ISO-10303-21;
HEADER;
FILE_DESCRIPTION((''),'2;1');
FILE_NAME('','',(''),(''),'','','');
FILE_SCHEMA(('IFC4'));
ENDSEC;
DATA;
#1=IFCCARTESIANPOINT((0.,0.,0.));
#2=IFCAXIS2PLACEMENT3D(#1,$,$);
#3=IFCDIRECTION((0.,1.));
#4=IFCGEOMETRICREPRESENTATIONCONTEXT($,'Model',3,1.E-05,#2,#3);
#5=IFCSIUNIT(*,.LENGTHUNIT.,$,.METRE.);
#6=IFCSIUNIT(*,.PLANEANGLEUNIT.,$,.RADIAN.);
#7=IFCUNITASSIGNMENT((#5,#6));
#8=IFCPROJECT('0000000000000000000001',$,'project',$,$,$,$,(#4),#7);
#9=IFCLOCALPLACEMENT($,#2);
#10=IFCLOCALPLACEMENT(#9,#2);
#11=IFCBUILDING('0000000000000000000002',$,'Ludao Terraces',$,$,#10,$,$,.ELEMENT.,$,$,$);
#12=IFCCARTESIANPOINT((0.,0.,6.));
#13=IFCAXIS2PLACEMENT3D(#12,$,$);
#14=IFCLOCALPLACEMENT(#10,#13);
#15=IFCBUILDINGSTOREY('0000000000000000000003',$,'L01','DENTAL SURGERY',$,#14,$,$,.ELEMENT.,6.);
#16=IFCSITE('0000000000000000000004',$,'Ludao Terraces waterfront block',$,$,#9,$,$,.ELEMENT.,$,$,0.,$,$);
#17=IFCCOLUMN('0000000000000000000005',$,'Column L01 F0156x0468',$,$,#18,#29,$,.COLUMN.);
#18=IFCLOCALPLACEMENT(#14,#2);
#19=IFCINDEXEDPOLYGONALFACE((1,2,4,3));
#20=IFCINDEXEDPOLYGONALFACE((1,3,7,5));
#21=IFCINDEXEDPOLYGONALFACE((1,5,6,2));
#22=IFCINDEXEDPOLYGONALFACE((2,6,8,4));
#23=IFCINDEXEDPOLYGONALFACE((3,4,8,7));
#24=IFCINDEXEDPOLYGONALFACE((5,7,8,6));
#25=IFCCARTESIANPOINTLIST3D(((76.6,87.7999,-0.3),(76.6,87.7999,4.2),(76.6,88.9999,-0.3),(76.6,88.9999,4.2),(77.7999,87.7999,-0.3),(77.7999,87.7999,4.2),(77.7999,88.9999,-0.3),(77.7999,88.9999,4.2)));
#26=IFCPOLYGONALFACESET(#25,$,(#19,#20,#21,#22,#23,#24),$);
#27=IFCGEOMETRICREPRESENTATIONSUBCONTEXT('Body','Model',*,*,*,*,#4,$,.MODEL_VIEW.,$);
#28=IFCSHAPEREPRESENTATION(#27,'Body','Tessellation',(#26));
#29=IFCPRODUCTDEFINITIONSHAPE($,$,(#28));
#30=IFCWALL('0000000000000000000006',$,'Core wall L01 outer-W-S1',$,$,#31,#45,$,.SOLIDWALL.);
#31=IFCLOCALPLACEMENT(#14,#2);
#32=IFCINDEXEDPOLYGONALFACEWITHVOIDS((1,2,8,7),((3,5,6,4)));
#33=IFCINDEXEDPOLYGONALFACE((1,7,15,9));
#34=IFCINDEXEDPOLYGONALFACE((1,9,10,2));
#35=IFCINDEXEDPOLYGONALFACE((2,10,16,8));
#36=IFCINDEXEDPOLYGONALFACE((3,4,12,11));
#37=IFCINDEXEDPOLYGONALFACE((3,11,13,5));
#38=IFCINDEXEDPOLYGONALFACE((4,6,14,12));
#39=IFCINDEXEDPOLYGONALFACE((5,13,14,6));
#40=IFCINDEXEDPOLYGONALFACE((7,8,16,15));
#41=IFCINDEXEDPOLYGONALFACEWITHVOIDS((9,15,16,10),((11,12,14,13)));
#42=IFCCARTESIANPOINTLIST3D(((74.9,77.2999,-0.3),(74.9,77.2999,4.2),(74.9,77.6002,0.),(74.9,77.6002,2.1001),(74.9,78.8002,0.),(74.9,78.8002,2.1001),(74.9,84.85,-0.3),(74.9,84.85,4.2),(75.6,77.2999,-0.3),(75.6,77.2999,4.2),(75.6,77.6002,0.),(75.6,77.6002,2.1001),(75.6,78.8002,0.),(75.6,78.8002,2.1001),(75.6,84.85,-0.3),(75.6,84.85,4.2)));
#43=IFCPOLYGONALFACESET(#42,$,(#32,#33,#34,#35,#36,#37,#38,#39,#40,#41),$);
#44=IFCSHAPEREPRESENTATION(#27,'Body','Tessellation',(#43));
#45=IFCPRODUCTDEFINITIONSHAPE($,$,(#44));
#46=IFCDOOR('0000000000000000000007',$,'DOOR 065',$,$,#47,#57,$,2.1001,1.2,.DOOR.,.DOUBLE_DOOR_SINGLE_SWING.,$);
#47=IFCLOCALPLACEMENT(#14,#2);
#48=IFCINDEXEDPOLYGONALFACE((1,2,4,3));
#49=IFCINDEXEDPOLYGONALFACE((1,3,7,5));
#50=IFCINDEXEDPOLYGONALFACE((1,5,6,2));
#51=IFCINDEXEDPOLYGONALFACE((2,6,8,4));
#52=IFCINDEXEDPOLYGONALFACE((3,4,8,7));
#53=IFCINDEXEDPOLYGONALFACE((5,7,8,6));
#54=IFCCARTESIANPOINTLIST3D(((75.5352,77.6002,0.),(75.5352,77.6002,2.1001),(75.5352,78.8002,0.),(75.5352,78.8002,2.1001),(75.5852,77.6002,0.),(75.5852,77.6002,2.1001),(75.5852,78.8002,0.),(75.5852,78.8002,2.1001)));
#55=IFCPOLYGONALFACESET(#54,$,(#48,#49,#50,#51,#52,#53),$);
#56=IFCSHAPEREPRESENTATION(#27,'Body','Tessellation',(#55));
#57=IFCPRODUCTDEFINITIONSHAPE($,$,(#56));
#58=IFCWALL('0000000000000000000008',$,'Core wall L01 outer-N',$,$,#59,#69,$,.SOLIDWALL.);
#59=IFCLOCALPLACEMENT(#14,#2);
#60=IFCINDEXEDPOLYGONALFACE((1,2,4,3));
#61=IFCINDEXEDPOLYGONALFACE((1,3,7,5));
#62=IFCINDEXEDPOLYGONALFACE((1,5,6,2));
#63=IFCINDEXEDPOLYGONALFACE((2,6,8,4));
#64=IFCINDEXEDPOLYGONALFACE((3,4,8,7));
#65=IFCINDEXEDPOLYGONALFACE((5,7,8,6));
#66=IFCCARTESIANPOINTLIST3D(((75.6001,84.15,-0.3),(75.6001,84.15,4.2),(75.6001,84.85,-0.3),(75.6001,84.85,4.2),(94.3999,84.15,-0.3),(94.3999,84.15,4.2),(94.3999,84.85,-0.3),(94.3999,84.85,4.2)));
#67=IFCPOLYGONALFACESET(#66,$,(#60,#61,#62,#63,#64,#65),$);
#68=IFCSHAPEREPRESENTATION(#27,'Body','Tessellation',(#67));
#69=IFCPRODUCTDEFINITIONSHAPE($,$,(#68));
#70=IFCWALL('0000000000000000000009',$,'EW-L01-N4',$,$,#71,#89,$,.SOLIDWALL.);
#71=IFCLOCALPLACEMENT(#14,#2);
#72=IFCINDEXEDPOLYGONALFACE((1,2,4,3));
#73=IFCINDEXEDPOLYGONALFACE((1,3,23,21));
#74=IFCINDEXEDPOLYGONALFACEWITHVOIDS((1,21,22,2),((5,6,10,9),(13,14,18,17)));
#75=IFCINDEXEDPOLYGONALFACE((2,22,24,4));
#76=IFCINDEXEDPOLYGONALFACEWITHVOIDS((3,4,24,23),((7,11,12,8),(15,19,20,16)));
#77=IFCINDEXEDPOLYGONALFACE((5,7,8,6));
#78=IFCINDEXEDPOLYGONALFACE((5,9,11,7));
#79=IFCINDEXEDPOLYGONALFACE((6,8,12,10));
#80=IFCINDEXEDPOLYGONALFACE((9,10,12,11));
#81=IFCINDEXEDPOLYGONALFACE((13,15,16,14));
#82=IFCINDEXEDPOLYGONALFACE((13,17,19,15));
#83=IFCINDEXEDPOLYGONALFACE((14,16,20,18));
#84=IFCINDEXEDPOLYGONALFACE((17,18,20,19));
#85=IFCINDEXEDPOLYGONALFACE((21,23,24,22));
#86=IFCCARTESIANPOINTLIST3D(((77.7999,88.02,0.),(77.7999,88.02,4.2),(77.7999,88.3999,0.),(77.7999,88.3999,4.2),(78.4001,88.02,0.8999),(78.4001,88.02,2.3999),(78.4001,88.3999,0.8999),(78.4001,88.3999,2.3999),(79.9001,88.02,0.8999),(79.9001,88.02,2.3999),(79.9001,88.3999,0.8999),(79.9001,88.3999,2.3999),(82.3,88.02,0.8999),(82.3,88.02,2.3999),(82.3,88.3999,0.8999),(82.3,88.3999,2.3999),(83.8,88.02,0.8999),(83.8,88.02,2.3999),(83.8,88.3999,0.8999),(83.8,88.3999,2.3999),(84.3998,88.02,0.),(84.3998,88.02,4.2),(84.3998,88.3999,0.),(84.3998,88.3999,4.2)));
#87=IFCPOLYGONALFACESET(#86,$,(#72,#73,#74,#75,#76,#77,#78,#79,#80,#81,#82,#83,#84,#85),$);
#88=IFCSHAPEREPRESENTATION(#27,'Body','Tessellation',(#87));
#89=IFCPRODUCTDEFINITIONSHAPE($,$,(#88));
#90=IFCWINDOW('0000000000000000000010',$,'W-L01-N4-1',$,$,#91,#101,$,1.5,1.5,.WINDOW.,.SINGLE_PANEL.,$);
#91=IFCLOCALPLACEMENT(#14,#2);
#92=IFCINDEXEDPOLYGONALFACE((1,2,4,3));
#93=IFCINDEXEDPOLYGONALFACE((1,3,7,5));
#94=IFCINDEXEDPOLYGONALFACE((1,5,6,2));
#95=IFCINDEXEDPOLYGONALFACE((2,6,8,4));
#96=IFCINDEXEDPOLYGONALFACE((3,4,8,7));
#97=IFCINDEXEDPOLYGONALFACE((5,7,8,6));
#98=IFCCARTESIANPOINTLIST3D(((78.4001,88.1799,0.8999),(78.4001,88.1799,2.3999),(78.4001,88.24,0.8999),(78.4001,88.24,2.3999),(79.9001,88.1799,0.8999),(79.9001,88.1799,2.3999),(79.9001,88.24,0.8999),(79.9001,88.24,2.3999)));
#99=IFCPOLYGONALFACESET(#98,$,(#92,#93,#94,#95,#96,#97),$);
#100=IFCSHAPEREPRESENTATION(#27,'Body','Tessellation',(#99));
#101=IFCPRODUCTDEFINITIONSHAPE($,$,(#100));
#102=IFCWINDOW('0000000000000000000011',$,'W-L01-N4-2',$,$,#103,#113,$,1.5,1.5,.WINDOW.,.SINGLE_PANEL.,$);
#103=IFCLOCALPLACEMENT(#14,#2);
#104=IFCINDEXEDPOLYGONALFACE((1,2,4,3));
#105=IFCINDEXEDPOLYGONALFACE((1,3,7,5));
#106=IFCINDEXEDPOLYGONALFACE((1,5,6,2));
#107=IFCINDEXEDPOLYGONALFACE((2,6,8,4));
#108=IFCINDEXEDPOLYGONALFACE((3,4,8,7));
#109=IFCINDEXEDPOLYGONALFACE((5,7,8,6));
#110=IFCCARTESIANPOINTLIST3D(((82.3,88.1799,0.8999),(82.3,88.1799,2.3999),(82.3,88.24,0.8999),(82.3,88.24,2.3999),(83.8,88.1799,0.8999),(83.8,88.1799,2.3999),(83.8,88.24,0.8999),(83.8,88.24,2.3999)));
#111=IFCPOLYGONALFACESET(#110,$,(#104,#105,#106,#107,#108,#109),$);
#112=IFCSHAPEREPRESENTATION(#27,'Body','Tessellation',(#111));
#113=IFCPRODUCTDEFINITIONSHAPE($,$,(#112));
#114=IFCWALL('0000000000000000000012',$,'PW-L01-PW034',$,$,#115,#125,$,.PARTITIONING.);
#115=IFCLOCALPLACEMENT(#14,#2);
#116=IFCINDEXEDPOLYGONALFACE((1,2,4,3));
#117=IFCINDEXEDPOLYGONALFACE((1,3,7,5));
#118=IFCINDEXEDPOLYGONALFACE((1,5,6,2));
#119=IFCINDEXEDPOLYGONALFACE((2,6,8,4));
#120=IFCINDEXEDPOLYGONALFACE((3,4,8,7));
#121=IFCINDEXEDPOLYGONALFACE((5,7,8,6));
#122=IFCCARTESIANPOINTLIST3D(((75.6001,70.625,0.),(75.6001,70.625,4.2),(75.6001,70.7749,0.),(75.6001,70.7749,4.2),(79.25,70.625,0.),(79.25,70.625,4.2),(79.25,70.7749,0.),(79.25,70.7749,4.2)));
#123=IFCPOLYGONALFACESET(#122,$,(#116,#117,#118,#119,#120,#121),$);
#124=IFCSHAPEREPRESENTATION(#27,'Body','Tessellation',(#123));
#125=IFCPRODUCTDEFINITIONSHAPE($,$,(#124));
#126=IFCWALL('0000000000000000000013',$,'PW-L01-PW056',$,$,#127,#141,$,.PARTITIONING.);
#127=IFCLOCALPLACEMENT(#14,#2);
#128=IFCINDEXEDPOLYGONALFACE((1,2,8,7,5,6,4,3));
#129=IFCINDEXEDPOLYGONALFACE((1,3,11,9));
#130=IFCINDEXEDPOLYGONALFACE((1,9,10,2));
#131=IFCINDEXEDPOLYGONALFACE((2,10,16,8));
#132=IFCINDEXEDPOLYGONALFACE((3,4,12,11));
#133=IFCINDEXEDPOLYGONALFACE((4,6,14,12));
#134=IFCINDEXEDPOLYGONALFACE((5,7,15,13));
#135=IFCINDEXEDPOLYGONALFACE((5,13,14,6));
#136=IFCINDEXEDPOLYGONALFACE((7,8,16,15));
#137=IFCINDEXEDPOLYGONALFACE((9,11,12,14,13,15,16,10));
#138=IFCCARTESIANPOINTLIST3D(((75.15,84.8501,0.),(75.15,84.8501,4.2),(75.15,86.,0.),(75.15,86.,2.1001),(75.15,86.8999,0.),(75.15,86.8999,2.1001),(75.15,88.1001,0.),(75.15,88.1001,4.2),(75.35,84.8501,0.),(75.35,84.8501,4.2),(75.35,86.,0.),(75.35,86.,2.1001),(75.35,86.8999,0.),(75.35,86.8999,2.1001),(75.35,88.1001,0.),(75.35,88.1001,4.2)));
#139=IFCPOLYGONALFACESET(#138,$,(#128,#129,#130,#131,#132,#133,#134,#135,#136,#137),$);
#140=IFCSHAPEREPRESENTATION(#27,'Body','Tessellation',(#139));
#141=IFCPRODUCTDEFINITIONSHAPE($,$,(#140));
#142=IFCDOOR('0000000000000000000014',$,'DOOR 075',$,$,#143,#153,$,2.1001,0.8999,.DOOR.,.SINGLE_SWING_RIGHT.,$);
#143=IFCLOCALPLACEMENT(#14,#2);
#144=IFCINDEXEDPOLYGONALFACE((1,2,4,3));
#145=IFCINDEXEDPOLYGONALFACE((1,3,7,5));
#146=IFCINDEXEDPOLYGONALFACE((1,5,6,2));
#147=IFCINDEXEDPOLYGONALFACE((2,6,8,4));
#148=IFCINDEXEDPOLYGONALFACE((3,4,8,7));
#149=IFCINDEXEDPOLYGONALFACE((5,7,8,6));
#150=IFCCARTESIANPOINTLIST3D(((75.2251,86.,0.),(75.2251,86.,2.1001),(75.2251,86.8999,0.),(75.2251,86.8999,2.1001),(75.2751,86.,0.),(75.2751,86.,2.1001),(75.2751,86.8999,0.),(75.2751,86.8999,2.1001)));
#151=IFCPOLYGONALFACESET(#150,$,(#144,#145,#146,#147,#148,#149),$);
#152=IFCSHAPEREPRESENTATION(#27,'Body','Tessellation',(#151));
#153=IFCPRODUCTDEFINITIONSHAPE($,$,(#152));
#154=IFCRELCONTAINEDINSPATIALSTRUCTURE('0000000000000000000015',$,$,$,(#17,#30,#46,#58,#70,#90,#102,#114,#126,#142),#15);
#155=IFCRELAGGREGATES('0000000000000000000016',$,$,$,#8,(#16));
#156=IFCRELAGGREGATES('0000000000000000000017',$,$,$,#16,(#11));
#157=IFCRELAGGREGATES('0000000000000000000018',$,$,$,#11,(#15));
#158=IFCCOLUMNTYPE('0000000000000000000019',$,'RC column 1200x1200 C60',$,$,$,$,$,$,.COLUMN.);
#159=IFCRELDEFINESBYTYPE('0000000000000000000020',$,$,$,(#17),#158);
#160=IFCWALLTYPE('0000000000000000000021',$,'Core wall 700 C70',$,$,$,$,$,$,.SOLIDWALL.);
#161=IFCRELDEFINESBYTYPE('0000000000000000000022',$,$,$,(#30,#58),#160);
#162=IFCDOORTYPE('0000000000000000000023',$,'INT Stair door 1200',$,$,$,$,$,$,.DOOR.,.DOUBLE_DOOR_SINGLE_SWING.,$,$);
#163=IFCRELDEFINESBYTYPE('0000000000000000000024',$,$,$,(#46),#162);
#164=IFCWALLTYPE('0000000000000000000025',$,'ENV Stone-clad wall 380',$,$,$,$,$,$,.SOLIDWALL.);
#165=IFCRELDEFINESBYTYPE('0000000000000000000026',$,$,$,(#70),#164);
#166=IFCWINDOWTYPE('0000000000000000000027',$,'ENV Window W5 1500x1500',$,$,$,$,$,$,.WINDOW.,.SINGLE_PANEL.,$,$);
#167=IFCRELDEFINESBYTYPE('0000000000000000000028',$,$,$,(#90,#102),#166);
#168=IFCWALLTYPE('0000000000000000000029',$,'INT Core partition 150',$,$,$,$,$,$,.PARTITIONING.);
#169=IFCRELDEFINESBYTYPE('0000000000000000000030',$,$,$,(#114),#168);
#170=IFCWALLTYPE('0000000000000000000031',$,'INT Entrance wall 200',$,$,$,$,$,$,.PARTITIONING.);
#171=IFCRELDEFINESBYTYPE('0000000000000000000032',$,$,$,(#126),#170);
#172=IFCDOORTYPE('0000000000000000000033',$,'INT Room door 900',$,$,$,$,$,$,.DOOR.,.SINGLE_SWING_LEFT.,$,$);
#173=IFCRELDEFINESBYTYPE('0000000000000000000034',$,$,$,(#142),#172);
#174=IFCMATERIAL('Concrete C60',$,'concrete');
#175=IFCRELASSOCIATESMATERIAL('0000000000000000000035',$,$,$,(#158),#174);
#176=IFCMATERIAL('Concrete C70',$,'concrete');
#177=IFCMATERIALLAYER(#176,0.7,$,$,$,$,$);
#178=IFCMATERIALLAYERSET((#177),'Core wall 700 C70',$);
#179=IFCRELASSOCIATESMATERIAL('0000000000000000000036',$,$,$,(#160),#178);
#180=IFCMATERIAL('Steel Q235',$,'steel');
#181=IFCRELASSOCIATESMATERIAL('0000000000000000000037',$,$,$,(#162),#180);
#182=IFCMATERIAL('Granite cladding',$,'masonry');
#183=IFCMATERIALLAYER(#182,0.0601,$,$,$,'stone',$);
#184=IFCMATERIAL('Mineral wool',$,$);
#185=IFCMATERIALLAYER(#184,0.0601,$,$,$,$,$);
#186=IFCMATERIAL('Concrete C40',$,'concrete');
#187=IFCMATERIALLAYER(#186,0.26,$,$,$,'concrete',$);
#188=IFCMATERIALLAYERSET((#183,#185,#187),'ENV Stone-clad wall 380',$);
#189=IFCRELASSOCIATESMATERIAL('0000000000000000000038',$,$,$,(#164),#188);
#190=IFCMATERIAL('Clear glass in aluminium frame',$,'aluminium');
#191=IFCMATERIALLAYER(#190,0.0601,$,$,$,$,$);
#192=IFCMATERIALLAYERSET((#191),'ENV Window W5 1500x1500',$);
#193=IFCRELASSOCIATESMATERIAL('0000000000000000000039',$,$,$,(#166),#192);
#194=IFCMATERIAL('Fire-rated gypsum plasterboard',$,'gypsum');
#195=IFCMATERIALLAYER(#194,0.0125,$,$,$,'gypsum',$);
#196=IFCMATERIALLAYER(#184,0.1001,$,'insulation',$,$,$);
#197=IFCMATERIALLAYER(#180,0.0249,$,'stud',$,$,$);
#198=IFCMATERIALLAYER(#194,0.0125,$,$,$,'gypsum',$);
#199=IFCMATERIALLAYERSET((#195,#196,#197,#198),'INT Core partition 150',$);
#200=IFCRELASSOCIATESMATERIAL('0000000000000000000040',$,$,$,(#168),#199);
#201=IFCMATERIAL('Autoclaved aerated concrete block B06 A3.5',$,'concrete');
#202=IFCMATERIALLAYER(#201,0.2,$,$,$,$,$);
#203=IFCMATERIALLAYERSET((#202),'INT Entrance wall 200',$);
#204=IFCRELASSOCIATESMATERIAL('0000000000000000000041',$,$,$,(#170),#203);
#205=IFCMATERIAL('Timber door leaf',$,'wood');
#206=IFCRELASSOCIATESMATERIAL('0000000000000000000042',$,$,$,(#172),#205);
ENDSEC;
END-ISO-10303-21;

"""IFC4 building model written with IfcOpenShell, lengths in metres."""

from ifc_helpers import new_model, si_unit, direction, frame, frame_2d, origin, origin_2d, place, context, subcontext, project, spatial, rectangle, extrude, material, layer, layer_set, material_profile, profile_set, type_object, element, fill, save


model = new_model("IFC4")

# Units and contexts
model_context = context("Model", 3, precision=1e-05, world=origin(), true_north=direction((0.0, 1.0)))
body_context = subcontext(model_context, "Body", "Model", "MODEL_VIEW")
ifc_project = project(units=[si_unit("LENGTHUNIT", "METRE"), si_unit("PLANEANGLEUNIT", "RADIAN")], contexts=[model_context])

# Site, building, storey
site_placement = place(None, origin())
site = spatial("IfcSite", under=ifc_project, at=site_placement, Name="Ludao Terraces waterfront block", CompositionType="ELEMENT", RefElevation=0.0)
building_placement = place(site_placement, origin())
building = spatial("IfcBuilding", under=site, at=building_placement, Name="Ludao Terraces", CompositionType="ELEMENT")
storey_placement = place(building_placement, frame((0.0, 0.0, 6.0)))
storey = spatial("IfcBuildingStorey", under=building, at=storey_placement, Name="L01", Description="DENTAL SURGERY", CompositionType="ELEMENT", Elevation=6.0)

# Column
ifc_material_1 = material(Name="Concrete C60", Category="concrete")
ifc_material_profile = material_profile(ifc_material_1, rectangle(XDim=1.2, YDim=1.2, at=origin_2d()), Name="1200 X 1200")
ifc_profile_set = profile_set([ifc_material_profile], Name="Concrete C60")
column_type = type_object("IfcColumnType", Name="RC column 1200x1200 C60", PredefinedType="COLUMN", material=ifc_profile_set)
column_placement = place(storey_placement, frame((77.2, 88.3999, -0.3), z_axis=(0.0, 0.0, 1.0), x_axis=(1.0, 0.0, 0.0)))
element("IfcColumn", 1, at=column_placement, inside=storey, type_object=column_type, Name="Column L01 F0156x0468", PredefinedType="COLUMN", context=body_context, shape_type="SweptSolid", body=[
    extrude(rectangle(XDim=1.2, YDim=1.2, at=origin_2d()), origin(), (0.0, 0.0, 1.0), 4.5),
])

# Wall, opening, door
ifc_material_2 = material(Name="Concrete C70", Category="concrete")
ifc_layer_1 = layer(ifc_material_2, 0.7)
ifc_layer_set_1 = layer_set([ifc_layer_1], Name="Core wall 700 C70")
wall_type_1 = type_object("IfcWallType", Name="Core wall 700 C70", PredefinedType="SOLIDWALL", material=ifc_layer_set_1)
wall_1_placement = place(storey_placement, frame((75.25, 77.3, -0.3), z_axis=(0.0, 0.0, 1.0), x_axis=(0.0, 1.0, 0.0)))
wall_1 = element("IfcWall", 2, at=wall_1_placement, inside=storey, type_object=wall_type_1, Name="Core wall L01 outer-W-S1", PredefinedType="SOLIDWALL", context=body_context, shape_type="SweptSolid", body=[
    extrude(rectangle(XDim=7.55, YDim=0.7, at=frame_2d((3.7749, 0.0))), origin(), (0.0, 0.0, 1.0), 4.5),
])
opening_1_placement = place(wall_1_placement, frame((0.3, 0.0, 0.3)))
opening_1 = element("IfcOpeningElement", 3, at=opening_1_placement, cuts=wall_1, PredefinedType="OPENING", context=body_context, shape_type="SweptSolid", body=[
    extrude(rectangle(XDim=1.2, YDim=2.1001, at=frame_2d((0.6001, 1.05))), frame((0.0, 0.3599, 0.0), z_axis=(0.0, -1.0, 0.0), x_axis=(1.0, 0.0, 0.0)), (0.0, 0.0, 1.0), 0.72),
])
ifc_material_3 = material(Name="Steel Q235", Category="steel")
door_type_1 = type_object("IfcDoorType", Name="INT Stair door 1200", OperationType="DOUBLE_DOOR_SINGLE_SWING", PredefinedType="DOOR", material=ifc_material_3)
door_1_placement = place(opening_1_placement, origin())
door_1 = element("IfcDoor", 4, at=door_1_placement, inside=storey, type_object=door_type_1, Name="DOOR 065", OperationType="DOUBLE_DOOR_SINGLE_SWING", OverallHeight=2.1001, OverallWidth=1.2, PredefinedType="DOOR", context=body_context, shape_type="SweptSolid", body=[
    extrude(rectangle(XDim=1.2, YDim=2.1001, at=frame_2d((0.6001, 1.05))), frame((0.0, -0.2852, 0.0), z_axis=(0.0, -1.0, 0.0), x_axis=(1.0, 0.0, 0.0)), (0.0, 0.0, 1.0), 0.05),
])
fill(opening_1, door_1)

# Wall
wall_2_placement = place(storey_placement, frame((75.6001, 84.5, -0.3), z_axis=(0.0, 0.0, 1.0), x_axis=(1.0, 0.0, 0.0)))
element("IfcWall", 5, at=wall_2_placement, inside=storey, type_object=wall_type_1, Name="Core wall L01 outer-N", PredefinedType="SOLIDWALL", context=body_context, shape_type="SweptSolid", body=[
    extrude(rectangle(XDim=18.7998, YDim=0.7, at=frame_2d((9.3999, 0.0))), origin(), (0.0, 0.0, 1.0), 4.5),
])

# Wall, openings, windows
ifc_material_4 = material(Name="Granite cladding", Category="masonry")
ifc_layer_2 = layer(ifc_material_4, 0.0601, Category="stone")
ifc_material_5 = material(Name="Mineral wool")
ifc_layer_3 = layer(ifc_material_5, 0.0601)
ifc_material_6 = material(Name="Concrete C40", Category="concrete")
ifc_layer_4 = layer(ifc_material_6, 0.26, Category="concrete")
ifc_layer_set_2 = layer_set([ifc_layer_2, ifc_layer_3, ifc_layer_4], Name="ENV Stone-clad wall 380")
wall_type_2 = type_object("IfcWallType", Name="ENV Stone-clad wall 380", PredefinedType="SOLIDWALL", material=ifc_layer_set_2)
wall_3_placement = place(storey_placement, frame((77.8, 88.21, 0.0), z_axis=(0.0, 0.0, 1.0), x_axis=(1.0, 0.0, 0.0)))
wall_3 = element("IfcWall", 6, at=wall_3_placement, inside=storey, type_object=wall_type_2, Name="EW-L01-N4", PredefinedType="SOLIDWALL", context=body_context, shape_type="SweptSolid", body=[
    extrude(rectangle(XDim=6.5999, YDim=0.3799, at=frame_2d((3.2998, 0.0))), origin(), (0.0, 0.0, 1.0), 4.2),
])
opening_2_placement = place(wall_3_placement, frame((0.6001, 0.0, 0.8999)))
opening_2 = element("IfcOpeningElement", 7, at=opening_2_placement, cuts=wall_3, PredefinedType="OPENING", context=body_context, shape_type="SweptSolid", body=[
    extrude(rectangle(XDim=1.5, YDim=1.5, at=frame_2d((0.75, 0.75))), frame((0.0, 0.2, 0.0), z_axis=(0.0, -1.0, 0.0), x_axis=(1.0, 0.0, 0.0)), (0.0, 0.0, 1.0), 0.3999),
])
opening_3_placement = place(wall_3_placement, frame((4.5, 0.0, 0.8999)))
opening_3 = element("IfcOpeningElement", 8, at=opening_3_placement, cuts=wall_3, PredefinedType="OPENING", context=body_context, shape_type="SweptSolid", body=[
    extrude(rectangle(XDim=1.5, YDim=1.5, at=frame_2d((0.75, 0.75))), frame((0.0, 0.2, 0.0), z_axis=(0.0, -1.0, 0.0), x_axis=(1.0, 0.0, 0.0)), (0.0, 0.0, 1.0), 0.3999),
])
ifc_material_7 = material(Name="Clear glass in aluminium frame", Category="aluminium")
ifc_layer_5 = layer(ifc_material_7, 0.0601)
ifc_layer_set_3 = layer_set([ifc_layer_5], Name="ENV Window W5 1500x1500")
window_type = type_object("IfcWindowType", Name="ENV Window W5 1500x1500", PartitioningType="SINGLE_PANEL", PredefinedType="WINDOW", material=ifc_layer_set_3)
window_1_placement = place(opening_2_placement, origin())
window_1 = element("IfcWindow", 9, at=window_1_placement, inside=storey, type_object=window_type, Name="W-L01-N4-1", OverallHeight=1.5, OverallWidth=1.5, PartitioningType="SINGLE_PANEL", PredefinedType="WINDOW", context=body_context, shape_type="SweptSolid", body=[
    extrude(rectangle(XDim=1.5, YDim=1.5, at=frame_2d((0.75, 0.75))), frame((0.0, 0.03, 0.0), z_axis=(0.0, -1.0, 0.0), x_axis=(1.0, 0.0, 0.0)), (0.0, 0.0, 1.0), 0.0601),
])
fill(opening_2, window_1)
window_2_placement = place(opening_3_placement, origin())
window_2 = element("IfcWindow", 10, at=window_2_placement, inside=storey, type_object=window_type, Name="W-L01-N4-2", OverallHeight=1.5, OverallWidth=1.5, PartitioningType="SINGLE_PANEL", PredefinedType="WINDOW", context=body_context, shape_type="SweptSolid", body=[
    extrude(rectangle(XDim=1.5, YDim=1.5, at=frame_2d((0.75, 0.75))), frame((0.0, 0.03, 0.0), z_axis=(0.0, -1.0, 0.0), x_axis=(1.0, 0.0, 0.0)), (0.0, 0.0, 1.0), 0.0601),
])
fill(opening_3, window_2)

# Wall
ifc_material_8 = material(Name="Fire-rated gypsum plasterboard", Category="gypsum")
ifc_layer_6 = layer(ifc_material_8, 0.0125, Category="gypsum")
ifc_layer_7 = layer(ifc_material_5, 0.1001, Name="insulation")
ifc_layer_8 = layer(ifc_material_3, 0.0249, Name="stud")
ifc_layer_9 = layer(ifc_material_8, 0.0125, Category="gypsum")
ifc_layer_set_4 = layer_set([ifc_layer_6, ifc_layer_7, ifc_layer_8, ifc_layer_9], Name="INT Core partition 150")
wall_type_3 = type_object("IfcWallType", Name="INT Core partition 150", PredefinedType="PARTITIONING", material=ifc_layer_set_4)
wall_4_placement = place(storey_placement, frame((75.6001, 70.7, 0.0), z_axis=(0.0, 0.0, 1.0), x_axis=(1.0, 0.0, 0.0)))
element("IfcWall", 11, at=wall_4_placement, inside=storey, type_object=wall_type_3, Name="PW-L01-PW034", PredefinedType="PARTITIONING", context=body_context, shape_type="SweptSolid", body=[
    extrude(rectangle(XDim=3.6499, YDim=0.1499, at=frame_2d((1.825, 0.0))), origin(), (0.0, 0.0, 1.0), 4.2),
])

# Wall, opening, door
ifc_material_9 = material(Name="Autoclaved aerated concrete block B06 A3.5", Category="concrete")
ifc_layer_10 = layer(ifc_material_9, 0.2)
ifc_layer_set_5 = layer_set([ifc_layer_10], Name="INT Entrance wall 200")
wall_type_4 = type_object("IfcWallType", Name="INT Entrance wall 200", PredefinedType="PARTITIONING", material=ifc_layer_set_5)
wall_5_placement = place(storey_placement, frame((75.25, 84.8501, 0.0), z_axis=(0.0, 0.0, 1.0), x_axis=(0.0, 1.0, 0.0)))
wall_5 = element("IfcWall", 12, at=wall_5_placement, inside=storey, type_object=wall_type_4, Name="PW-L01-PW056", PredefinedType="PARTITIONING", context=body_context, shape_type="SweptSolid", body=[
    extrude(rectangle(XDim=3.25, YDim=0.2, at=frame_2d((1.625, 0.0))), origin(), (0.0, 0.0, 1.0), 4.2),
])
opening_4_placement = place(wall_5_placement, frame((1.1499, 0.0, 0.0)))
opening_4 = element("IfcOpeningElement", 13, at=opening_4_placement, cuts=wall_5, PredefinedType="OPENING", context=body_context, shape_type="SweptSolid", body=[
    extrude(rectangle(XDim=0.8999, YDim=2.1001, at=frame_2d((0.45, 1.05))), frame((0.0, 0.1099, 0.0), z_axis=(0.0, -1.0, 0.0), x_axis=(1.0, 0.0, 0.0)), (0.0, 0.0, 1.0), 0.22),
])
ifc_material_10 = material(Name="Timber door leaf", Category="wood")
door_type_2 = type_object("IfcDoorType", Name="INT Room door 900", OperationType="SINGLE_SWING_LEFT", PredefinedType="DOOR", material=ifc_material_10)
door_2_placement = place(opening_4_placement, origin())
door_2 = element("IfcDoor", 14, at=door_2_placement, inside=storey, type_object=door_type_2, Name="DOOR 075", OperationType="SINGLE_SWING_RIGHT", OverallHeight=2.1001, OverallWidth=0.8999, PredefinedType="DOOR", context=body_context, shape_type="SweptSolid", body=[
    extrude(rectangle(XDim=0.8999, YDim=2.1001, at=frame_2d((0.45, 1.05))), frame((0.0, 0.0249, 0.0), z_axis=(0.0, -1.0, 0.0), x_axis=(1.0, 0.0, 0.0)), (0.0, 0.0, 1.0), 0.05),
])
fill(opening_4, door_2)

save(model, "model.ifc")
